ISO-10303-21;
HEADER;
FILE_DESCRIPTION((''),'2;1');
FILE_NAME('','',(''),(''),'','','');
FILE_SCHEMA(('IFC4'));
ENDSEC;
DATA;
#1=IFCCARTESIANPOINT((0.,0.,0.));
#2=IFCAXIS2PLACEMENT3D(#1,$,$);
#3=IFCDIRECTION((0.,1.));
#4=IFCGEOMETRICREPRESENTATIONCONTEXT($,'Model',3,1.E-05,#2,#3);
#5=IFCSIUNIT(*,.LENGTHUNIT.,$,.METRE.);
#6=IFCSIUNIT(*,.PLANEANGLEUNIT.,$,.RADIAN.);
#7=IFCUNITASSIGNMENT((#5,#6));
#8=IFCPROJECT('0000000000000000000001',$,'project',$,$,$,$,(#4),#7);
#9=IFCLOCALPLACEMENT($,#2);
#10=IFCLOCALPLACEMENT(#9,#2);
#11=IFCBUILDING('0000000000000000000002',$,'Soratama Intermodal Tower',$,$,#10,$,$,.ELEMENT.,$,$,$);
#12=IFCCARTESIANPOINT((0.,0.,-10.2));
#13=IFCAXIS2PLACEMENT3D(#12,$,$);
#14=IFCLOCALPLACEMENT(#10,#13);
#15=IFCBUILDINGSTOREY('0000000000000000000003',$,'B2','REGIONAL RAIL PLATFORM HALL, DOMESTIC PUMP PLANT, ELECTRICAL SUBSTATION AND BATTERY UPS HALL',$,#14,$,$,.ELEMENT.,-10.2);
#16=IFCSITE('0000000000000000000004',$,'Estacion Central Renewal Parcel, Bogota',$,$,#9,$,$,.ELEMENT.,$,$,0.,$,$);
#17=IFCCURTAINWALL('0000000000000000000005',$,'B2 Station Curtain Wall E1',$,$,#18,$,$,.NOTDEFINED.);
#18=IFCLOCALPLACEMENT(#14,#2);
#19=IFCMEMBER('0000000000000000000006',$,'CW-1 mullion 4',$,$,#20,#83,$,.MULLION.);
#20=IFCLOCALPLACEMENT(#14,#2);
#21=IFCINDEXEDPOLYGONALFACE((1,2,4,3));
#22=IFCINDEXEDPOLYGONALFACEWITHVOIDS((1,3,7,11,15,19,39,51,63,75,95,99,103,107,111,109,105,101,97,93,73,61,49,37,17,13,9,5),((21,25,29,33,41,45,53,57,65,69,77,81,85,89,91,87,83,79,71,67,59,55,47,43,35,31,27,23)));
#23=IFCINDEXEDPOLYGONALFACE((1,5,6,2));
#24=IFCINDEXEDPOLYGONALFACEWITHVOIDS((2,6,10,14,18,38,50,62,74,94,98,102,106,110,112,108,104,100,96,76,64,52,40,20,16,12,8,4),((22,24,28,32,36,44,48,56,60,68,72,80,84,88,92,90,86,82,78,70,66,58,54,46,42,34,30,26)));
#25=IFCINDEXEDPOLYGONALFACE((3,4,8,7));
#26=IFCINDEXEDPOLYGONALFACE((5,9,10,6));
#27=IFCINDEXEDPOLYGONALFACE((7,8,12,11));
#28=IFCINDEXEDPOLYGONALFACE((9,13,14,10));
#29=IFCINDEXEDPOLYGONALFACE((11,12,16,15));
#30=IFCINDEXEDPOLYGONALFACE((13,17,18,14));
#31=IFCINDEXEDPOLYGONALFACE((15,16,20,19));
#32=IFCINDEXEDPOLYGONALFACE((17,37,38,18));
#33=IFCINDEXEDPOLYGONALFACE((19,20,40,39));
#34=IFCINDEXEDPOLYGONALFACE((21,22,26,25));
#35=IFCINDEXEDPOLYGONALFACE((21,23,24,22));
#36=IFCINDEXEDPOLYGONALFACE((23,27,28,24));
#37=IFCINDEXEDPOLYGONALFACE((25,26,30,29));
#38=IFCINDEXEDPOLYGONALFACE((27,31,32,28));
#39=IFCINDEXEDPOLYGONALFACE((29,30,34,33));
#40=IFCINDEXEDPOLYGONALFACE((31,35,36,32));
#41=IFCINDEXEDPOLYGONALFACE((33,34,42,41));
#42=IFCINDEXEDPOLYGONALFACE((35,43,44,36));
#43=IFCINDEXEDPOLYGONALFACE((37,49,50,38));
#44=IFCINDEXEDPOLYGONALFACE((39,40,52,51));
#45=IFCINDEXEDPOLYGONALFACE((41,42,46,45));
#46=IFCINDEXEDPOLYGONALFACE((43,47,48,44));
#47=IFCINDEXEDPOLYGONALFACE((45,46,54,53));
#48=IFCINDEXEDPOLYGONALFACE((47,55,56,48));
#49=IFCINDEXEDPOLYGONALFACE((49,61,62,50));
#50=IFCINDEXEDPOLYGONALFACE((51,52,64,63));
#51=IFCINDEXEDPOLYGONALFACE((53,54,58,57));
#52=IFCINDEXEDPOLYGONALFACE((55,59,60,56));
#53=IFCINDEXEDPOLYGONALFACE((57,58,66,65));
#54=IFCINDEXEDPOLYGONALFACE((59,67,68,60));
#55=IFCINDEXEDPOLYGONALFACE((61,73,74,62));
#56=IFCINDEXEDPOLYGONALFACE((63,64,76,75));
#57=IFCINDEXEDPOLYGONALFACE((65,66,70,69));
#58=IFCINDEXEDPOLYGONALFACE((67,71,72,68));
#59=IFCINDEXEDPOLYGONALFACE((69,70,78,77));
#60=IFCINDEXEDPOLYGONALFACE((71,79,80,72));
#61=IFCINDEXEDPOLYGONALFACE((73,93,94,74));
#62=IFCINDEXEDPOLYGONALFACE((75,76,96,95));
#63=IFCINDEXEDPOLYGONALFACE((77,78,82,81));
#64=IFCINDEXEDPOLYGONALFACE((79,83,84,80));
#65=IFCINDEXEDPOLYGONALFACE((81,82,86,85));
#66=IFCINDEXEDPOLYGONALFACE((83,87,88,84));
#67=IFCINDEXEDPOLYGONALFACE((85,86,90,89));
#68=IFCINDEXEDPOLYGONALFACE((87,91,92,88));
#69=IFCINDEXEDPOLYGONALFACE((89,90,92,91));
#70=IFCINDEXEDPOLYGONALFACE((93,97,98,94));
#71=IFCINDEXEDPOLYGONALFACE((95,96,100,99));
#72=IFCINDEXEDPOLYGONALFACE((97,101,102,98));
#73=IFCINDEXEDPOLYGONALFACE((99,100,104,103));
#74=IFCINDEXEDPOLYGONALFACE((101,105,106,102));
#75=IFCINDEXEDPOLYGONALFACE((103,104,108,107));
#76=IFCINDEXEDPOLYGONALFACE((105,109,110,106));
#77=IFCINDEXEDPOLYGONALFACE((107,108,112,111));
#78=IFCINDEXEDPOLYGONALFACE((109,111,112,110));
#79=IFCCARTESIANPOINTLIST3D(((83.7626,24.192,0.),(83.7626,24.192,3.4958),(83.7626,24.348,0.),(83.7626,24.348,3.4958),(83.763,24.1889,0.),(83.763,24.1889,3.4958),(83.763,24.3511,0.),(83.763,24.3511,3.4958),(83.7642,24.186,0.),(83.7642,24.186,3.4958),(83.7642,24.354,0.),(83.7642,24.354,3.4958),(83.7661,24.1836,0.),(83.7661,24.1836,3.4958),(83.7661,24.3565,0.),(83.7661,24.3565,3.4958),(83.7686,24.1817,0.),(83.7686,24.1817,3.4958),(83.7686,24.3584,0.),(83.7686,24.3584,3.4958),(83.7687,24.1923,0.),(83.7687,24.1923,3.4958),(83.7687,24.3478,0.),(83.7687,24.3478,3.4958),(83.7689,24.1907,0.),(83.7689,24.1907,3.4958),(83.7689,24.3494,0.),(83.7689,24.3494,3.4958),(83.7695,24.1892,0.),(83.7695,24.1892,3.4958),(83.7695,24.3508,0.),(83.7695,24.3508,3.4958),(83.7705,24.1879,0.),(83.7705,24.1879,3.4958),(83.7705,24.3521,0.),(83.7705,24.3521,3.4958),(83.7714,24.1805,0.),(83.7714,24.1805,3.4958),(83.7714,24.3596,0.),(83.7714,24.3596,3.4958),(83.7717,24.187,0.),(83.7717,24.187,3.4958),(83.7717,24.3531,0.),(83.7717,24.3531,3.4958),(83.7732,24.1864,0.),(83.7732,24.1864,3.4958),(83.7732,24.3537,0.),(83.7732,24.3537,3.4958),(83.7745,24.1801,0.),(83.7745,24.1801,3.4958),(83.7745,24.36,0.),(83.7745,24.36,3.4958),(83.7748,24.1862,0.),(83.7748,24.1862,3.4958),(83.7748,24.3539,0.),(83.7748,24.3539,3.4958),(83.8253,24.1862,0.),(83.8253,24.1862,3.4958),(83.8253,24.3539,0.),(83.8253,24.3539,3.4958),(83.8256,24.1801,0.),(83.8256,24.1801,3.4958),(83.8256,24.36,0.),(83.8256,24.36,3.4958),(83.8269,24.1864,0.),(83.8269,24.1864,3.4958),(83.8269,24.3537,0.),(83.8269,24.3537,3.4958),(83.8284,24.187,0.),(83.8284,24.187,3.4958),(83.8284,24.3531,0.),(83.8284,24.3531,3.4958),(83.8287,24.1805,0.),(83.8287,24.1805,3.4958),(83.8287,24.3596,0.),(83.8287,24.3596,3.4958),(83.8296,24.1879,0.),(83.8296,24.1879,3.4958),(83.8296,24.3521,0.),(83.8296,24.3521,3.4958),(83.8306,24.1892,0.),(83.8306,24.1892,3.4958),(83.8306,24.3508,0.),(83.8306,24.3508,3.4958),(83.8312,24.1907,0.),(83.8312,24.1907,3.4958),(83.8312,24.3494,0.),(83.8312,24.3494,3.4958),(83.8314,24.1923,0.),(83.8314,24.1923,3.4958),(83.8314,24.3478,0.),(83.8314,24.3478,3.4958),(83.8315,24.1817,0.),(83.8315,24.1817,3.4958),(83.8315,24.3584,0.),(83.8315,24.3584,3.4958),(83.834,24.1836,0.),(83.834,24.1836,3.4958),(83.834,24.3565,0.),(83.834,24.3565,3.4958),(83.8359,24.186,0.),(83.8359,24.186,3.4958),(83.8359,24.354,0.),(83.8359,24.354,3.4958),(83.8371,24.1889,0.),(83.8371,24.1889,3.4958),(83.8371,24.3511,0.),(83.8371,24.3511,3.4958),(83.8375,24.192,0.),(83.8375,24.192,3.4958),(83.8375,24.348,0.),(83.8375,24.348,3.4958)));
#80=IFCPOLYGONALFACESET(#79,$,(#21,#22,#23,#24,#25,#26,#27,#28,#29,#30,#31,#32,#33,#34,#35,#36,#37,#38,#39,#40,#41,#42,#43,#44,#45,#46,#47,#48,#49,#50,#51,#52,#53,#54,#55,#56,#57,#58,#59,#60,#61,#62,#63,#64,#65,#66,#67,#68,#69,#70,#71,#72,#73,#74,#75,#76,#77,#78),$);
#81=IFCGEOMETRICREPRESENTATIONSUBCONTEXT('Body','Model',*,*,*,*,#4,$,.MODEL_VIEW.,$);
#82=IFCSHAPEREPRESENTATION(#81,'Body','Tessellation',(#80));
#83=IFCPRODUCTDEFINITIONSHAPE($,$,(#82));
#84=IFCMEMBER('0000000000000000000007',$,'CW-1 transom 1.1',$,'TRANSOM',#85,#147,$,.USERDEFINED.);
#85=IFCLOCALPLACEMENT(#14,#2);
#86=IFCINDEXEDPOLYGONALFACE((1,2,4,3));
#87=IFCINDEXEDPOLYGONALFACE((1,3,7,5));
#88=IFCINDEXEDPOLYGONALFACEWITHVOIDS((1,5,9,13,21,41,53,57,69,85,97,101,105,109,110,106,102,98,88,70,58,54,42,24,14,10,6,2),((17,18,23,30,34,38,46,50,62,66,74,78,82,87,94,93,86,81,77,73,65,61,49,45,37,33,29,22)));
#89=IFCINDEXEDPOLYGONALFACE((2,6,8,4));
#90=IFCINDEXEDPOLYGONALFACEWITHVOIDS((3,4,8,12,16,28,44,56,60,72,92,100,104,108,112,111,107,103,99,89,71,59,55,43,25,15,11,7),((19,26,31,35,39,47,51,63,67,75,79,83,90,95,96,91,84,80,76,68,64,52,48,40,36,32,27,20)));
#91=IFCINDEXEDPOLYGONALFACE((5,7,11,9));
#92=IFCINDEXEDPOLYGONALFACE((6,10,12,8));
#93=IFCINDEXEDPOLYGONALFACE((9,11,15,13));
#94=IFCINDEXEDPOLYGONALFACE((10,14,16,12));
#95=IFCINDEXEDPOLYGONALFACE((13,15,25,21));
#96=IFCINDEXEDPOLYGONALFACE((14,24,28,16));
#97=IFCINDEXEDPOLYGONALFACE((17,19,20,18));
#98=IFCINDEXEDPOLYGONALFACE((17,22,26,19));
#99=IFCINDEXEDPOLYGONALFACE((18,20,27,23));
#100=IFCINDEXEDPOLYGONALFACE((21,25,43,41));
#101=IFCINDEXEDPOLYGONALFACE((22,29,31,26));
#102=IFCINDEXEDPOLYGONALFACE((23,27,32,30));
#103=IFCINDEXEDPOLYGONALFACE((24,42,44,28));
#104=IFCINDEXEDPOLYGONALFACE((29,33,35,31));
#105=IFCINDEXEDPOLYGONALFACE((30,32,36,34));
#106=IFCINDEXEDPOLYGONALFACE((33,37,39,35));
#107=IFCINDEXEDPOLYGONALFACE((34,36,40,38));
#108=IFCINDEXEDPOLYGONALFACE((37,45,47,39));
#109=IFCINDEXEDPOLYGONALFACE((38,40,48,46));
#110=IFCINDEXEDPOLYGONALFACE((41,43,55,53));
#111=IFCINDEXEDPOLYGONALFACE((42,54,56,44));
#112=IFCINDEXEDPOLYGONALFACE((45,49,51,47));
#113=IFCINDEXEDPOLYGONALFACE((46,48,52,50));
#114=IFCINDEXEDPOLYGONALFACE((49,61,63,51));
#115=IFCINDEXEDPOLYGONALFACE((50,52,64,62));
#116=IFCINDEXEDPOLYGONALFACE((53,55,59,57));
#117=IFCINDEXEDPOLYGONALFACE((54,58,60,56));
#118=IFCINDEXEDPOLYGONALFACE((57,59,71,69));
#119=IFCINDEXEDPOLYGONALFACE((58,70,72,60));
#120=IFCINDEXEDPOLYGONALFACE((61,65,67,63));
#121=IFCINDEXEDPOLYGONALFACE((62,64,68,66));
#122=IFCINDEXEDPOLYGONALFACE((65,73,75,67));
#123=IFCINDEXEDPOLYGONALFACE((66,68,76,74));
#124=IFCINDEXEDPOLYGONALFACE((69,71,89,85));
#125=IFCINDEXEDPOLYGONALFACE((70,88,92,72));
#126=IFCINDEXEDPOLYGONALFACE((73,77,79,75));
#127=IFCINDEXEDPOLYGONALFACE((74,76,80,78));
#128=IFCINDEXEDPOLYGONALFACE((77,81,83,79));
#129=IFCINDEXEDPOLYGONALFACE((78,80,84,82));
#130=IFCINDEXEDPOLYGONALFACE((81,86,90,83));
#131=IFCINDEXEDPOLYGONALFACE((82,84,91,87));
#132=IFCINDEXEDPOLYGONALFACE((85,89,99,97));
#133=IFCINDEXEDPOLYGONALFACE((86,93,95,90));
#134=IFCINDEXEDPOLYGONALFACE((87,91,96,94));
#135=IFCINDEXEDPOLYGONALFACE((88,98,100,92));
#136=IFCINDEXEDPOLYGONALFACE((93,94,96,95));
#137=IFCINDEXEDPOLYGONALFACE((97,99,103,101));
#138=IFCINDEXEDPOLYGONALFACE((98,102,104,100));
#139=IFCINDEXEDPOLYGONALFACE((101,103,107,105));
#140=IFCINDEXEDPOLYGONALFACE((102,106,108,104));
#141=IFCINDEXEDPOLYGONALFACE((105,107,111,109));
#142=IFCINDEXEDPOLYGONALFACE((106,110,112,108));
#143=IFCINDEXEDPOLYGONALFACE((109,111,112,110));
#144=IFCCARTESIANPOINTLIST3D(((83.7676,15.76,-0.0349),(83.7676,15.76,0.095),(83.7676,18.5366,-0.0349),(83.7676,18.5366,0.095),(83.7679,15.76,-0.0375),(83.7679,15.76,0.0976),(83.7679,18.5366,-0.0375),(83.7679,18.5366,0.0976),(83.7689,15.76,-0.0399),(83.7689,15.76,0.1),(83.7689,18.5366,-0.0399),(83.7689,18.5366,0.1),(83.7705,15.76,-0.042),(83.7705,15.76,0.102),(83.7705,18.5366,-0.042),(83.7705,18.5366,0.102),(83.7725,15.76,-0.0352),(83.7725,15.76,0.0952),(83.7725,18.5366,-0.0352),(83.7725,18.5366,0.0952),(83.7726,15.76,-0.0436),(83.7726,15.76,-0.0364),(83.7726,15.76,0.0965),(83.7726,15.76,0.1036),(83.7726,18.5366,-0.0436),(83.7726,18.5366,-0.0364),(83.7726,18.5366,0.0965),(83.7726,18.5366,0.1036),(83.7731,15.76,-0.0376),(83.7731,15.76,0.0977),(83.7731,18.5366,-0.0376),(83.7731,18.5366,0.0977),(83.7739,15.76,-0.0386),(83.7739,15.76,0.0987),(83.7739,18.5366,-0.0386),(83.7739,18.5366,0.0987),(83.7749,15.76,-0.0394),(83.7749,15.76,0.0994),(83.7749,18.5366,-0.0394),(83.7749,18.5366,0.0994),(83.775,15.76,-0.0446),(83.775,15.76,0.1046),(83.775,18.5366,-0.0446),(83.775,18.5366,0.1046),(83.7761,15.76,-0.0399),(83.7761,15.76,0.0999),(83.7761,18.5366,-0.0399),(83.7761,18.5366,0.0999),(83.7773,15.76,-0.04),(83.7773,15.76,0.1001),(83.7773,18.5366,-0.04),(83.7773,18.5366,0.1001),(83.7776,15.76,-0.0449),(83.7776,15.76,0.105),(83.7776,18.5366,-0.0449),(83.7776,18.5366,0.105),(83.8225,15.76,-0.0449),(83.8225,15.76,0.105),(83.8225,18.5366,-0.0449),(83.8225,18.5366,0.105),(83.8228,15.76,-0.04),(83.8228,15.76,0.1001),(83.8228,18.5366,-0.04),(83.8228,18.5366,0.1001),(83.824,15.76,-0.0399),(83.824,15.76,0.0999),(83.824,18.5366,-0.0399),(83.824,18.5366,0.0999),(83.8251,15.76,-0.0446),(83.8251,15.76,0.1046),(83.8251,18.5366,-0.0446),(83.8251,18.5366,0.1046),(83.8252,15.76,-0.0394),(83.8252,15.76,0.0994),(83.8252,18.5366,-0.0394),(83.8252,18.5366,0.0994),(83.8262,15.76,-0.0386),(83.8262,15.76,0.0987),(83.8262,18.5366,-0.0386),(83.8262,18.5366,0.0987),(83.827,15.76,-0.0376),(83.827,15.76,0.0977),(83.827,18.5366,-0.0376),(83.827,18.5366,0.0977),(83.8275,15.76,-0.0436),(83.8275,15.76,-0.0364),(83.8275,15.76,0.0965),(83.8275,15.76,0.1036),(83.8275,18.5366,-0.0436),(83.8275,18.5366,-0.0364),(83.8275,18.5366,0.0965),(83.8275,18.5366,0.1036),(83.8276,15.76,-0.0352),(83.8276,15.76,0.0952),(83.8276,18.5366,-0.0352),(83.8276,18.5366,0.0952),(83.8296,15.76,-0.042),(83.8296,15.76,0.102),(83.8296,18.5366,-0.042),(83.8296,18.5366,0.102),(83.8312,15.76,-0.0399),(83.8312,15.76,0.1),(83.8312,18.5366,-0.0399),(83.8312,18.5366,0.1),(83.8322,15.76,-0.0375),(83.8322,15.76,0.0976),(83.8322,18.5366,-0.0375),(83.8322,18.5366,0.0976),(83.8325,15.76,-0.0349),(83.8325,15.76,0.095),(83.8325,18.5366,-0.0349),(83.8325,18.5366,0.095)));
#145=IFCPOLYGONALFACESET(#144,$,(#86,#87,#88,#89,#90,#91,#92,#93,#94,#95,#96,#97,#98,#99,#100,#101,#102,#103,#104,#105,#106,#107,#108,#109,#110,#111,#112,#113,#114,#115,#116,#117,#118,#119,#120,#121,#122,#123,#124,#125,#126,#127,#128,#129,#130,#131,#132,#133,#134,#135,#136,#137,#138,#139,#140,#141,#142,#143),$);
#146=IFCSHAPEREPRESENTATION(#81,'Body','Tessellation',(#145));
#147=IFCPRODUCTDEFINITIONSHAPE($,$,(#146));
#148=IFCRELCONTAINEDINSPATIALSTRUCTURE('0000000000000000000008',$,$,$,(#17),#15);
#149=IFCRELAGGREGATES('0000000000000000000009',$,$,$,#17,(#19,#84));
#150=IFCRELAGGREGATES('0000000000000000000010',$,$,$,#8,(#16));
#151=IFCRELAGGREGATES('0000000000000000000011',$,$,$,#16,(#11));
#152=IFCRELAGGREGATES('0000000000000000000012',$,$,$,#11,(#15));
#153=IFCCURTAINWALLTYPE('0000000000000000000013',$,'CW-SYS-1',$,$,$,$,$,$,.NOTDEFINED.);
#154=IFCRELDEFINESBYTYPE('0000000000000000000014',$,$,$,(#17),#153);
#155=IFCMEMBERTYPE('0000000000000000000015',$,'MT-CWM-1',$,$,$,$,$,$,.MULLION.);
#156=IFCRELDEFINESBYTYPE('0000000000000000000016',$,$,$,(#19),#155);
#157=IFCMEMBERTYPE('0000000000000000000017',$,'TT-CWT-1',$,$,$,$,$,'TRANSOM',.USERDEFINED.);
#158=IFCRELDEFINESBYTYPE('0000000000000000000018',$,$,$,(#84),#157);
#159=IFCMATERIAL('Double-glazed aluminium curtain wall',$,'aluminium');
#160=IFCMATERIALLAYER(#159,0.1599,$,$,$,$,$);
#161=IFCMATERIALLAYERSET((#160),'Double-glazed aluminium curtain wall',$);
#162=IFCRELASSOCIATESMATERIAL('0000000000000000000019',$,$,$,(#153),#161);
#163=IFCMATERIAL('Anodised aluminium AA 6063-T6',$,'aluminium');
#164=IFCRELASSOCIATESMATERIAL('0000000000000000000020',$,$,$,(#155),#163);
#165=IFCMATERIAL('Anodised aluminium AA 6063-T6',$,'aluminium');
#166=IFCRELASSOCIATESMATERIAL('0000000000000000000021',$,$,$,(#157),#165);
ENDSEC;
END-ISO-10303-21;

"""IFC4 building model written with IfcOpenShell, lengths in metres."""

from ifc_helpers import new_model, si_unit, direction, frame, origin, origin_2d, place, context, subcontext, project, spatial, hollow_rectangle, extrude, material, layer, layer_set, material_profile, profile_set, type_object, element, aggregate, save


model = new_model("IFC4")

# Units and contexts
model_context = context("Model", 3, precision=1e-05, world=origin(), true_north=direction((0.0, 1.0)))
body_context = subcontext(model_context, "Body", "Model", "MODEL_VIEW")
ifc_project = project(units=[si_unit("LENGTHUNIT", "METRE"), si_unit("PLANEANGLEUNIT", "RADIAN")], contexts=[model_context])

# Site, building, storey
site_placement = place(None, origin())
site = spatial("IfcSite", under=ifc_project, at=site_placement, Name="Estacion Central Renewal Parcel, Bogota", CompositionType="ELEMENT", RefElevation=0.0)
building_placement = place(site_placement, origin())
building = spatial("IfcBuilding", under=site, at=building_placement, Name="Soratama Intermodal Tower", CompositionType="ELEMENT")
storey_placement = place(building_placement, frame((0.0, 0.0, -10.2)))
storey = spatial("IfcBuildingStorey", under=building, at=storey_placement, Name="B2", Description="REGIONAL RAIL PLATFORM HALL, DOMESTIC PUMP PLANT, ELECTRICAL SUBSTATION AND BATTERY UPS HALL", CompositionType="ELEMENT", Elevation=-10.2)

# Curtain wall, members
ifc_material_1 = material(Name="Double-glazed aluminium curtain wall", Category="aluminium")
ifc_layer_1 = layer(ifc_material_1, 0.1599)
ifc_layer_set_1 = layer_set([ifc_layer_1], Name="Double-glazed aluminium curtain wall")
curtain_wall_type = type_object("IfcCurtainWallType", Name="CW-SYS-1", PredefinedType="NOTDEFINED", material=ifc_layer_set_1)
curtain_wall_placement = place(storey_placement, origin())
curtain_wall = element("IfcCurtainWall", 1, at=curtain_wall_placement, inside=storey, type_object=curtain_wall_type, Name="B2 Station Curtain Wall E1", PredefinedType="NOTDEFINED")
ifc_material_2 = material(Name="Anodised aluminium AA 6063-T6", Category="aluminium")
ifc_material_profile_1 = material_profile(ifc_material_2, hollow_rectangle(XDim=0.075, YDim=0.1799, WallThickness=0.0061, InnerFilletRadius=0.0061, OuterFilletRadius=0.012, at=origin_2d()), Name="CWM180X75X6")
ifc_profile_set_1 = profile_set([ifc_material_profile_1], Name="Anodised aluminium AA 6063-T6")
member_type_1 = type_object("IfcMemberType", Name="MT-CWM-1", PredefinedType="MULLION", material=ifc_profile_set_1)
member_1_placement = place(storey_placement, frame((83.8, 24.27, 0.0), z_axis=(0.0, 0.0, 1.0), x_axis=(-1.0, 0.0, 0.0)))
member_1 = element("IfcMember", 2, at=member_1_placement, type_object=member_type_1, Name="CW-1 mullion 4", PredefinedType="MULLION", context=body_context, shape_type="SweptSolid", body=[
    extrude(hollow_rectangle(XDim=0.075, YDim=0.1799, WallThickness=0.0061, InnerFilletRadius=0.0061, OuterFilletRadius=0.012, at=origin_2d()), origin(), (0.0, 0.0, 1.0), 3.4958),
])
ifc_material_3 = material(Name="Anodised aluminium AA 6063-T6", Category="aluminium")
ifc_material_profile_2 = material_profile(ifc_material_3, hollow_rectangle(XDim=0.0649, YDim=0.1499, WallThickness=0.0049, InnerFilletRadius=0.0049, OuterFilletRadius=0.01, at=origin_2d()), Name="CWT150X65X5")
ifc_profile_set_2 = profile_set([ifc_material_profile_2], Name="Anodised aluminium AA 6063-T6")
member_type_2 = type_object("IfcMemberType", Name="TT-CWT-1", ElementType="TRANSOM", PredefinedType="USERDEFINED", material=ifc_profile_set_2)
member_2_placement = place(storey_placement, frame((83.8, 15.76, 0.03), z_axis=(0.0, 1.0, 0.0), x_axis=(-1.0, 0.0, 0.0)))
member_2 = element("IfcMember", 3, at=member_2_placement, type_object=member_type_2, Name="CW-1 transom 1.1", ObjectType="TRANSOM", PredefinedType="USERDEFINED", context=body_context, shape_type="SweptSolid", body=[
    extrude(hollow_rectangle(XDim=0.0649, YDim=0.1499, WallThickness=0.0049, InnerFilletRadius=0.0049, OuterFilletRadius=0.01, at=origin_2d()), origin(), (0.0, 0.0, 1.0), 2.7766),
])
aggregate(curtain_wall, [member_1, member_2])

save(model, "model.ifc")
